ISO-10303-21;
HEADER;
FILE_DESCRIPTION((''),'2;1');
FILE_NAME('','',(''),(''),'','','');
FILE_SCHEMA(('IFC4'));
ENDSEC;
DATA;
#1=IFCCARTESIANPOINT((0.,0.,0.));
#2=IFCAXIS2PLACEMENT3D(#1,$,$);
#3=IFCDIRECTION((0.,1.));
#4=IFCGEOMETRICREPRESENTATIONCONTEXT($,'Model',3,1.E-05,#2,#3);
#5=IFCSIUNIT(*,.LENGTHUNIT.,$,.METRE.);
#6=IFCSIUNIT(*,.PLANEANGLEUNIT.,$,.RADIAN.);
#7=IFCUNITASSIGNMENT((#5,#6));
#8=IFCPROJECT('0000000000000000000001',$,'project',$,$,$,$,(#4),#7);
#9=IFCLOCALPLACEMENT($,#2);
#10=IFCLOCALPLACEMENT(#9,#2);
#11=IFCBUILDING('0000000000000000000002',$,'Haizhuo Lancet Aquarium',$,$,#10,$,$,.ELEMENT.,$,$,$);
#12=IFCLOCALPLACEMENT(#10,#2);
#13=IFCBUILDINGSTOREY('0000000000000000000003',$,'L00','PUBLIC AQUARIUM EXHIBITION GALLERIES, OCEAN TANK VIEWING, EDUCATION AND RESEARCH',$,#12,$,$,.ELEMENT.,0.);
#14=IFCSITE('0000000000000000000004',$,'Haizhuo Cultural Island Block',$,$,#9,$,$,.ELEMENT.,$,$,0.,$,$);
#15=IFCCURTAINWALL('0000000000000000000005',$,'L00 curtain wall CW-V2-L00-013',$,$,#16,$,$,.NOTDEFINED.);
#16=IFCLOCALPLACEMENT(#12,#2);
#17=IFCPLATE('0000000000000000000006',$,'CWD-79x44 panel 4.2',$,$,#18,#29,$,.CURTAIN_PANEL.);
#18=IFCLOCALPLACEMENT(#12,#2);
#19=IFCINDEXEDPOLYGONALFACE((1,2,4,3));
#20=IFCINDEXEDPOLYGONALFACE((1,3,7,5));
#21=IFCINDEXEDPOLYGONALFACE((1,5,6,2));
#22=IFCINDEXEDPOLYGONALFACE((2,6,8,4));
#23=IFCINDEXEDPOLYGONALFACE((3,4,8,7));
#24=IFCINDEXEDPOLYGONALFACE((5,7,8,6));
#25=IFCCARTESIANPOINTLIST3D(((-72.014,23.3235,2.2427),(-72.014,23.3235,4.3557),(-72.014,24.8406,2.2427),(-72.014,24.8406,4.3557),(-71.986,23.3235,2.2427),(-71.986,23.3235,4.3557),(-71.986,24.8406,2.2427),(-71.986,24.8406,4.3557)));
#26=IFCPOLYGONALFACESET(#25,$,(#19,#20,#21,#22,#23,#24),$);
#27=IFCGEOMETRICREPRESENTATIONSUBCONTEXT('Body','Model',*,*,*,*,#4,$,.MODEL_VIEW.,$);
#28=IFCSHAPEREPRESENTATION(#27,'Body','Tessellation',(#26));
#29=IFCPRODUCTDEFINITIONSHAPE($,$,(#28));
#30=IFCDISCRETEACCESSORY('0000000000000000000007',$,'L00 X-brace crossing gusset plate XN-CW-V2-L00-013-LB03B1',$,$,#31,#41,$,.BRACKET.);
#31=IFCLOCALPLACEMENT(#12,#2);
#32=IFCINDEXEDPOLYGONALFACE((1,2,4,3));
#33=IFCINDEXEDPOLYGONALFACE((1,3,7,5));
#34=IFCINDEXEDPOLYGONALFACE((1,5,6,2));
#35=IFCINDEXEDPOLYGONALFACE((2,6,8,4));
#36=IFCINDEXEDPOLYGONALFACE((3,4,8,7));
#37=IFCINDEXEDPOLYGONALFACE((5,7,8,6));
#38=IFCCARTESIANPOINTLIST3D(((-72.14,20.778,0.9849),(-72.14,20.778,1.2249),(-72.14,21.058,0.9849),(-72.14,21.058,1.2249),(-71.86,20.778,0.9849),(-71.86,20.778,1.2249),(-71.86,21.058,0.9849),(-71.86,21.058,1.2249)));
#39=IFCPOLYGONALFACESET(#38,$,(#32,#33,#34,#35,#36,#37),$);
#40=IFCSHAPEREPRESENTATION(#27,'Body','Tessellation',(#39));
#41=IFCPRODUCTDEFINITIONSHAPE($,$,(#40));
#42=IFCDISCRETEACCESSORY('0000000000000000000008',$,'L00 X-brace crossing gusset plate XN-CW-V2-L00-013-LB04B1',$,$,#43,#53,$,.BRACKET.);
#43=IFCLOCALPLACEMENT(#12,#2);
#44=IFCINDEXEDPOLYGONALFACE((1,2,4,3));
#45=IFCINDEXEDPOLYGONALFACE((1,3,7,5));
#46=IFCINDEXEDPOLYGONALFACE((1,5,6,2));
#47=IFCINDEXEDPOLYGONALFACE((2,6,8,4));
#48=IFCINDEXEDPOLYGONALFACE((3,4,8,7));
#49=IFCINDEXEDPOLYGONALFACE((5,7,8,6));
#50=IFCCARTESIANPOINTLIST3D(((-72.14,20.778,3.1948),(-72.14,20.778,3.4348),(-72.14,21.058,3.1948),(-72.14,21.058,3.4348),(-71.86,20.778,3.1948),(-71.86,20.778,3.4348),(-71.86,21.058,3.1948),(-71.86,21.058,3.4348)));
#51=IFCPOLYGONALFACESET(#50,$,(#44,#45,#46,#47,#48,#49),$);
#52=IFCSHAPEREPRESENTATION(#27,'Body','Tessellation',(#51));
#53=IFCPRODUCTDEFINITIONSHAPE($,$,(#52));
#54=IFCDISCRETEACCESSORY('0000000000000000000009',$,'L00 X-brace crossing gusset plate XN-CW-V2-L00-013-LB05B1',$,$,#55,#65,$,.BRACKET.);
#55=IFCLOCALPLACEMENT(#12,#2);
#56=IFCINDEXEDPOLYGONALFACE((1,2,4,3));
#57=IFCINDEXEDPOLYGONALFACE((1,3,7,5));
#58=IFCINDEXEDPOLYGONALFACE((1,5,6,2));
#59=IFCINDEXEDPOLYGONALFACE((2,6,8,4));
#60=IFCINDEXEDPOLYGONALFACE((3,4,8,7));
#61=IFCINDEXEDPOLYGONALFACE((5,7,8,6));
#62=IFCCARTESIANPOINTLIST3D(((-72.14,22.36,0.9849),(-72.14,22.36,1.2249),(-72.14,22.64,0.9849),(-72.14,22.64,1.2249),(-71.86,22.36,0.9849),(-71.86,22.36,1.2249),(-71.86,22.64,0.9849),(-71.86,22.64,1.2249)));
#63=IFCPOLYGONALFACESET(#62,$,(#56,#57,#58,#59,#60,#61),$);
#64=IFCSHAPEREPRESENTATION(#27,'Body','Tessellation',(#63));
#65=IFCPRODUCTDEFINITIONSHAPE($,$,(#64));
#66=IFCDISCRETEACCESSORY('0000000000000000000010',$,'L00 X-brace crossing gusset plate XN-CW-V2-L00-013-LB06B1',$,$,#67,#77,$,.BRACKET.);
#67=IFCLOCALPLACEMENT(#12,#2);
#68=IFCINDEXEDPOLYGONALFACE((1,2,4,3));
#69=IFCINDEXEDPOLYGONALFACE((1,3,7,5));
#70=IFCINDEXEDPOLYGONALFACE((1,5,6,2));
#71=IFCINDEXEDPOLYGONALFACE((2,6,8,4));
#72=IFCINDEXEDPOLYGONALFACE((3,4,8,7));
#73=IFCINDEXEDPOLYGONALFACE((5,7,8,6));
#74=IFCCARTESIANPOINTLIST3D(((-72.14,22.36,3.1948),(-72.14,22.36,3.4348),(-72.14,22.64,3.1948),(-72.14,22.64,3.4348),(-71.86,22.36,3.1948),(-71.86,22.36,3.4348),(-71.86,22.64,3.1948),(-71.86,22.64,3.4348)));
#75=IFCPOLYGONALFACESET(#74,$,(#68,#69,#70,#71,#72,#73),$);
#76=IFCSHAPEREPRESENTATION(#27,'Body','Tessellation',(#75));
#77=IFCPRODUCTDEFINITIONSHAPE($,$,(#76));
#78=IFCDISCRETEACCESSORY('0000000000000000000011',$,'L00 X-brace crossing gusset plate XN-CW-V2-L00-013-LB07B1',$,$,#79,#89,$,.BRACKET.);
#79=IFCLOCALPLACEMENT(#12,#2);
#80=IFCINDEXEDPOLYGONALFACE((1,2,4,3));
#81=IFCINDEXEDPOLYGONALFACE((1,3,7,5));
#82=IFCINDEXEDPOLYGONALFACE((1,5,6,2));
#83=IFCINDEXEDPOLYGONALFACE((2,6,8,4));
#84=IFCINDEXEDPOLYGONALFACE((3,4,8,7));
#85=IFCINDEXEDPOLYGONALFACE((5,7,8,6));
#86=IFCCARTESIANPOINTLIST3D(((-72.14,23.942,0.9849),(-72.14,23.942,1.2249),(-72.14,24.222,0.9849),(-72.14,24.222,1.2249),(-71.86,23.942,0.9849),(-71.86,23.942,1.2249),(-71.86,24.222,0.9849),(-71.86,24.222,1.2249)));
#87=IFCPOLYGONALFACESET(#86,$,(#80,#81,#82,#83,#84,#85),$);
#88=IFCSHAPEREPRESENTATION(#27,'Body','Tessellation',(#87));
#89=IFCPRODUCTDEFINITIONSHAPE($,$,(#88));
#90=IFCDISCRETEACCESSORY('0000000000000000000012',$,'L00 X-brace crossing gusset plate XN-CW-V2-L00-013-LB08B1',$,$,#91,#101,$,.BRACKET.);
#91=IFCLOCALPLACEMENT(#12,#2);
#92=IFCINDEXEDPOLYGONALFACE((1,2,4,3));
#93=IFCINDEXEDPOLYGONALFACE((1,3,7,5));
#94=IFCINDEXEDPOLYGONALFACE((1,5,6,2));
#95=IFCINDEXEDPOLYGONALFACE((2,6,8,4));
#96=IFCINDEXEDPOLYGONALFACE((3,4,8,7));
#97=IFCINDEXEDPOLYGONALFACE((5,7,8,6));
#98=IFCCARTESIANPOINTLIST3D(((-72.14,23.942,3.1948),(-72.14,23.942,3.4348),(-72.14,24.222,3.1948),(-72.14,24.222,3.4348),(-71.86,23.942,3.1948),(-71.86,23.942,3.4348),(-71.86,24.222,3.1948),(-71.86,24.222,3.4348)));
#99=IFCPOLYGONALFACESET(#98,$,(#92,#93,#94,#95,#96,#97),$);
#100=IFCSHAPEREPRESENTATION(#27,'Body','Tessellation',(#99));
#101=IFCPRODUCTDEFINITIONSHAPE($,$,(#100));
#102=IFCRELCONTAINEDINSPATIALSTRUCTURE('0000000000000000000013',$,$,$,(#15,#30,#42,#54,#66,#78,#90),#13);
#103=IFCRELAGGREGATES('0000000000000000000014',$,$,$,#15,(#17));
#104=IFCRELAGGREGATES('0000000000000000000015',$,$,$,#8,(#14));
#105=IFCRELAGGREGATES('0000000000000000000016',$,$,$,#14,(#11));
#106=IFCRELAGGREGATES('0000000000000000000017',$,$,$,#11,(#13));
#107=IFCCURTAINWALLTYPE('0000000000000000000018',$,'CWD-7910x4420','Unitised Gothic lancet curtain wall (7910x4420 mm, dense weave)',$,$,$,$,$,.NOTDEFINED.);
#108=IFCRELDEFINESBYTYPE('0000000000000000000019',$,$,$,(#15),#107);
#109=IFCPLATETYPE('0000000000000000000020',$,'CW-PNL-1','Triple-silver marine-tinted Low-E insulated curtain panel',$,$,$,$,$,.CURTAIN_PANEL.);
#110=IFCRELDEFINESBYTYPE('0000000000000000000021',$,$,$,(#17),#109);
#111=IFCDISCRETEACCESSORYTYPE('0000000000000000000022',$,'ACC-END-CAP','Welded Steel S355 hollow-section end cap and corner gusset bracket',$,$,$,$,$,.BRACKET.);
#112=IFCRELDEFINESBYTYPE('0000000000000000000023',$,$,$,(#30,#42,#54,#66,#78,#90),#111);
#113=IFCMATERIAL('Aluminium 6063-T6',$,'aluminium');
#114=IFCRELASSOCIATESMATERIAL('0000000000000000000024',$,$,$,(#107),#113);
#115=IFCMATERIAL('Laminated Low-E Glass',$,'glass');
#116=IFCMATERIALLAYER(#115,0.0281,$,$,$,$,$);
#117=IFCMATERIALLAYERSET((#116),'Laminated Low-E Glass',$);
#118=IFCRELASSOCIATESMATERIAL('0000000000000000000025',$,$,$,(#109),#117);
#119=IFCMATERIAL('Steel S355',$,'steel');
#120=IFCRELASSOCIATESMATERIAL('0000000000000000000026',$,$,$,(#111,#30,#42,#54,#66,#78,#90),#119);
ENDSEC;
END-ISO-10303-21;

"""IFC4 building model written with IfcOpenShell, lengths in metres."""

from ifc_helpers import new_model, si_unit, direction, frame, origin, origin_2d, place, context, subcontext, project, spatial, rectangle, extrude, material, layer, layer_set, type_object, element, aggregate, save


model = new_model("IFC4")

# Units and contexts
model_context = context("Model", 3, precision=1e-05, world=origin(), true_north=direction((0.0, 1.0)))
body_context = subcontext(model_context, "Body", "Model", "MODEL_VIEW")
ifc_project = project(units=[si_unit("LENGTHUNIT", "METRE"), si_unit("PLANEANGLEUNIT", "RADIAN")], contexts=[model_context])

# Site, building, storey
site_placement = place(None, origin())
site = spatial("IfcSite", under=ifc_project, at=site_placement, Name="Haizhuo Cultural Island Block", CompositionType="ELEMENT", RefElevation=0.0)
building_placement = place(site_placement, origin())
building = spatial("IfcBuilding", under=site, at=building_placement, Name="Haizhuo Lancet Aquarium", CompositionType="ELEMENT")
storey_placement = place(building_placement, origin())
storey = spatial("IfcBuildingStorey", under=building, at=storey_placement, Name="L00", Description="PUBLIC AQUARIUM EXHIBITION GALLERIES, OCEAN TANK VIEWING, EDUCATION AND RESEARCH", CompositionType="ELEMENT", Elevation=0.0)

# Curtain wall
ifc_material_1 = material(Name="Aluminium 6063-T6", Category="aluminium")
curtain_wall_type = type_object("IfcCurtainWallType", Name="CWD-7910x4420", Description="Unitised Gothic lancet curtain wall (7910x4420 mm, dense weave)", PredefinedType="NOTDEFINED", material=ifc_material_1)
curtain_wall_placement = place(storey_placement, origin())
curtain_wall = element("IfcCurtainWall", 1, at=curtain_wall_placement, inside=storey, type_object=curtain_wall_type, Name="L00 curtain wall CW-V2-L00-013", PredefinedType="NOTDEFINED")

# Shared definitions
ifc_material_2 = material(Name="Steel S355", Category="steel")

# Plate
ifc_material_3 = material(Name="Laminated Low-E Glass", Category="glass")
ifc_layer = layer(ifc_material_3, 0.0281)
ifc_layer_set = layer_set([ifc_layer], Name="Laminated Low-E Glass")
plate_type = type_object("IfcPlateType", Name="CW-PNL-1", Description="Triple-silver marine-tinted Low-E insulated curtain panel", PredefinedType="CURTAIN_PANEL", material=ifc_layer_set)
plate_1_placement = place(storey_placement, frame((-72.0, 24.082, 2.2427), z_axis=(0.0, 0.0, 1.0), x_axis=(0.0, 1.0, 0.0)))
plate_1 = element("IfcPlate", 2, at=plate_1_placement, type_object=plate_type, Name="CWD-79x44 panel 4.2", PredefinedType="CURTAIN_PANEL", context=body_context, shape_type="SweptSolid", body=[
    extrude(rectangle(XDim=1.5171, YDim=0.0281, at=origin_2d()), origin(), (0.0, 0.0, 1.0), 2.113),
])
aggregate(curtain_wall, [plate_1])

# Discrete accessories
discrete_accessory_type = type_object("IfcDiscreteAccessoryType", Name="ACC-END-CAP", Description="Welded Steel S355 hollow-section end cap and corner gusset bracket", PredefinedType="BRACKET", material=ifc_material_2)
for number, where, z_axis, x_axis, name in (
    (3, (-72.0, 20.918, 0.9849), (0.0, 0.0, 1.0), (1.0, 0.0, 0.0), "L00 X-brace crossing gusset plate XN-CW-V2-L00-013-LB03B1"),
    (4, (-72.0, 20.918, 3.1948), (0.0, 0.0, 1.0), (1.0, 0.0, 0.0), "L00 X-brace crossing gusset plate XN-CW-V2-L00-013-LB04B1"),
    (5, (-72.0, 22.5, 0.9849), (0.0, 0.0, 1.0), (1.0, 0.0, 0.0), "L00 X-brace crossing gusset plate XN-CW-V2-L00-013-LB05B1"),
    (6, (-72.0, 22.5, 3.1948), (0.0, 0.0, 1.0), (1.0, 0.0, 0.0), "L00 X-brace crossing gusset plate XN-CW-V2-L00-013-LB06B1"),
    (7, (-72.0, 24.082, 0.9849), (0.0, 0.0, 1.0), (1.0, 0.0, 0.0), "L00 X-brace crossing gusset plate XN-CW-V2-L00-013-LB07B1"),
    (8, (-72.0, 24.082, 3.1948), (0.0, 0.0, 1.0), (1.0, 0.0, 0.0), "L00 X-brace crossing gusset plate XN-CW-V2-L00-013-LB08B1"),
):
    element("IfcDiscreteAccessory", number, at=place(storey_placement, frame(where, z_axis=z_axis, x_axis=x_axis)), inside=storey, type_object=discrete_accessory_type, material=ifc_material_2, Name=name, PredefinedType="BRACKET", context=body_context, shape_type="SweptSolid", body=[
        extrude(rectangle(XDim=0.28, YDim=0.28, at=origin_2d()), origin(), (0.0, 0.0, 1.0), 0.24),
    ])

save(model, "model.ifc")
